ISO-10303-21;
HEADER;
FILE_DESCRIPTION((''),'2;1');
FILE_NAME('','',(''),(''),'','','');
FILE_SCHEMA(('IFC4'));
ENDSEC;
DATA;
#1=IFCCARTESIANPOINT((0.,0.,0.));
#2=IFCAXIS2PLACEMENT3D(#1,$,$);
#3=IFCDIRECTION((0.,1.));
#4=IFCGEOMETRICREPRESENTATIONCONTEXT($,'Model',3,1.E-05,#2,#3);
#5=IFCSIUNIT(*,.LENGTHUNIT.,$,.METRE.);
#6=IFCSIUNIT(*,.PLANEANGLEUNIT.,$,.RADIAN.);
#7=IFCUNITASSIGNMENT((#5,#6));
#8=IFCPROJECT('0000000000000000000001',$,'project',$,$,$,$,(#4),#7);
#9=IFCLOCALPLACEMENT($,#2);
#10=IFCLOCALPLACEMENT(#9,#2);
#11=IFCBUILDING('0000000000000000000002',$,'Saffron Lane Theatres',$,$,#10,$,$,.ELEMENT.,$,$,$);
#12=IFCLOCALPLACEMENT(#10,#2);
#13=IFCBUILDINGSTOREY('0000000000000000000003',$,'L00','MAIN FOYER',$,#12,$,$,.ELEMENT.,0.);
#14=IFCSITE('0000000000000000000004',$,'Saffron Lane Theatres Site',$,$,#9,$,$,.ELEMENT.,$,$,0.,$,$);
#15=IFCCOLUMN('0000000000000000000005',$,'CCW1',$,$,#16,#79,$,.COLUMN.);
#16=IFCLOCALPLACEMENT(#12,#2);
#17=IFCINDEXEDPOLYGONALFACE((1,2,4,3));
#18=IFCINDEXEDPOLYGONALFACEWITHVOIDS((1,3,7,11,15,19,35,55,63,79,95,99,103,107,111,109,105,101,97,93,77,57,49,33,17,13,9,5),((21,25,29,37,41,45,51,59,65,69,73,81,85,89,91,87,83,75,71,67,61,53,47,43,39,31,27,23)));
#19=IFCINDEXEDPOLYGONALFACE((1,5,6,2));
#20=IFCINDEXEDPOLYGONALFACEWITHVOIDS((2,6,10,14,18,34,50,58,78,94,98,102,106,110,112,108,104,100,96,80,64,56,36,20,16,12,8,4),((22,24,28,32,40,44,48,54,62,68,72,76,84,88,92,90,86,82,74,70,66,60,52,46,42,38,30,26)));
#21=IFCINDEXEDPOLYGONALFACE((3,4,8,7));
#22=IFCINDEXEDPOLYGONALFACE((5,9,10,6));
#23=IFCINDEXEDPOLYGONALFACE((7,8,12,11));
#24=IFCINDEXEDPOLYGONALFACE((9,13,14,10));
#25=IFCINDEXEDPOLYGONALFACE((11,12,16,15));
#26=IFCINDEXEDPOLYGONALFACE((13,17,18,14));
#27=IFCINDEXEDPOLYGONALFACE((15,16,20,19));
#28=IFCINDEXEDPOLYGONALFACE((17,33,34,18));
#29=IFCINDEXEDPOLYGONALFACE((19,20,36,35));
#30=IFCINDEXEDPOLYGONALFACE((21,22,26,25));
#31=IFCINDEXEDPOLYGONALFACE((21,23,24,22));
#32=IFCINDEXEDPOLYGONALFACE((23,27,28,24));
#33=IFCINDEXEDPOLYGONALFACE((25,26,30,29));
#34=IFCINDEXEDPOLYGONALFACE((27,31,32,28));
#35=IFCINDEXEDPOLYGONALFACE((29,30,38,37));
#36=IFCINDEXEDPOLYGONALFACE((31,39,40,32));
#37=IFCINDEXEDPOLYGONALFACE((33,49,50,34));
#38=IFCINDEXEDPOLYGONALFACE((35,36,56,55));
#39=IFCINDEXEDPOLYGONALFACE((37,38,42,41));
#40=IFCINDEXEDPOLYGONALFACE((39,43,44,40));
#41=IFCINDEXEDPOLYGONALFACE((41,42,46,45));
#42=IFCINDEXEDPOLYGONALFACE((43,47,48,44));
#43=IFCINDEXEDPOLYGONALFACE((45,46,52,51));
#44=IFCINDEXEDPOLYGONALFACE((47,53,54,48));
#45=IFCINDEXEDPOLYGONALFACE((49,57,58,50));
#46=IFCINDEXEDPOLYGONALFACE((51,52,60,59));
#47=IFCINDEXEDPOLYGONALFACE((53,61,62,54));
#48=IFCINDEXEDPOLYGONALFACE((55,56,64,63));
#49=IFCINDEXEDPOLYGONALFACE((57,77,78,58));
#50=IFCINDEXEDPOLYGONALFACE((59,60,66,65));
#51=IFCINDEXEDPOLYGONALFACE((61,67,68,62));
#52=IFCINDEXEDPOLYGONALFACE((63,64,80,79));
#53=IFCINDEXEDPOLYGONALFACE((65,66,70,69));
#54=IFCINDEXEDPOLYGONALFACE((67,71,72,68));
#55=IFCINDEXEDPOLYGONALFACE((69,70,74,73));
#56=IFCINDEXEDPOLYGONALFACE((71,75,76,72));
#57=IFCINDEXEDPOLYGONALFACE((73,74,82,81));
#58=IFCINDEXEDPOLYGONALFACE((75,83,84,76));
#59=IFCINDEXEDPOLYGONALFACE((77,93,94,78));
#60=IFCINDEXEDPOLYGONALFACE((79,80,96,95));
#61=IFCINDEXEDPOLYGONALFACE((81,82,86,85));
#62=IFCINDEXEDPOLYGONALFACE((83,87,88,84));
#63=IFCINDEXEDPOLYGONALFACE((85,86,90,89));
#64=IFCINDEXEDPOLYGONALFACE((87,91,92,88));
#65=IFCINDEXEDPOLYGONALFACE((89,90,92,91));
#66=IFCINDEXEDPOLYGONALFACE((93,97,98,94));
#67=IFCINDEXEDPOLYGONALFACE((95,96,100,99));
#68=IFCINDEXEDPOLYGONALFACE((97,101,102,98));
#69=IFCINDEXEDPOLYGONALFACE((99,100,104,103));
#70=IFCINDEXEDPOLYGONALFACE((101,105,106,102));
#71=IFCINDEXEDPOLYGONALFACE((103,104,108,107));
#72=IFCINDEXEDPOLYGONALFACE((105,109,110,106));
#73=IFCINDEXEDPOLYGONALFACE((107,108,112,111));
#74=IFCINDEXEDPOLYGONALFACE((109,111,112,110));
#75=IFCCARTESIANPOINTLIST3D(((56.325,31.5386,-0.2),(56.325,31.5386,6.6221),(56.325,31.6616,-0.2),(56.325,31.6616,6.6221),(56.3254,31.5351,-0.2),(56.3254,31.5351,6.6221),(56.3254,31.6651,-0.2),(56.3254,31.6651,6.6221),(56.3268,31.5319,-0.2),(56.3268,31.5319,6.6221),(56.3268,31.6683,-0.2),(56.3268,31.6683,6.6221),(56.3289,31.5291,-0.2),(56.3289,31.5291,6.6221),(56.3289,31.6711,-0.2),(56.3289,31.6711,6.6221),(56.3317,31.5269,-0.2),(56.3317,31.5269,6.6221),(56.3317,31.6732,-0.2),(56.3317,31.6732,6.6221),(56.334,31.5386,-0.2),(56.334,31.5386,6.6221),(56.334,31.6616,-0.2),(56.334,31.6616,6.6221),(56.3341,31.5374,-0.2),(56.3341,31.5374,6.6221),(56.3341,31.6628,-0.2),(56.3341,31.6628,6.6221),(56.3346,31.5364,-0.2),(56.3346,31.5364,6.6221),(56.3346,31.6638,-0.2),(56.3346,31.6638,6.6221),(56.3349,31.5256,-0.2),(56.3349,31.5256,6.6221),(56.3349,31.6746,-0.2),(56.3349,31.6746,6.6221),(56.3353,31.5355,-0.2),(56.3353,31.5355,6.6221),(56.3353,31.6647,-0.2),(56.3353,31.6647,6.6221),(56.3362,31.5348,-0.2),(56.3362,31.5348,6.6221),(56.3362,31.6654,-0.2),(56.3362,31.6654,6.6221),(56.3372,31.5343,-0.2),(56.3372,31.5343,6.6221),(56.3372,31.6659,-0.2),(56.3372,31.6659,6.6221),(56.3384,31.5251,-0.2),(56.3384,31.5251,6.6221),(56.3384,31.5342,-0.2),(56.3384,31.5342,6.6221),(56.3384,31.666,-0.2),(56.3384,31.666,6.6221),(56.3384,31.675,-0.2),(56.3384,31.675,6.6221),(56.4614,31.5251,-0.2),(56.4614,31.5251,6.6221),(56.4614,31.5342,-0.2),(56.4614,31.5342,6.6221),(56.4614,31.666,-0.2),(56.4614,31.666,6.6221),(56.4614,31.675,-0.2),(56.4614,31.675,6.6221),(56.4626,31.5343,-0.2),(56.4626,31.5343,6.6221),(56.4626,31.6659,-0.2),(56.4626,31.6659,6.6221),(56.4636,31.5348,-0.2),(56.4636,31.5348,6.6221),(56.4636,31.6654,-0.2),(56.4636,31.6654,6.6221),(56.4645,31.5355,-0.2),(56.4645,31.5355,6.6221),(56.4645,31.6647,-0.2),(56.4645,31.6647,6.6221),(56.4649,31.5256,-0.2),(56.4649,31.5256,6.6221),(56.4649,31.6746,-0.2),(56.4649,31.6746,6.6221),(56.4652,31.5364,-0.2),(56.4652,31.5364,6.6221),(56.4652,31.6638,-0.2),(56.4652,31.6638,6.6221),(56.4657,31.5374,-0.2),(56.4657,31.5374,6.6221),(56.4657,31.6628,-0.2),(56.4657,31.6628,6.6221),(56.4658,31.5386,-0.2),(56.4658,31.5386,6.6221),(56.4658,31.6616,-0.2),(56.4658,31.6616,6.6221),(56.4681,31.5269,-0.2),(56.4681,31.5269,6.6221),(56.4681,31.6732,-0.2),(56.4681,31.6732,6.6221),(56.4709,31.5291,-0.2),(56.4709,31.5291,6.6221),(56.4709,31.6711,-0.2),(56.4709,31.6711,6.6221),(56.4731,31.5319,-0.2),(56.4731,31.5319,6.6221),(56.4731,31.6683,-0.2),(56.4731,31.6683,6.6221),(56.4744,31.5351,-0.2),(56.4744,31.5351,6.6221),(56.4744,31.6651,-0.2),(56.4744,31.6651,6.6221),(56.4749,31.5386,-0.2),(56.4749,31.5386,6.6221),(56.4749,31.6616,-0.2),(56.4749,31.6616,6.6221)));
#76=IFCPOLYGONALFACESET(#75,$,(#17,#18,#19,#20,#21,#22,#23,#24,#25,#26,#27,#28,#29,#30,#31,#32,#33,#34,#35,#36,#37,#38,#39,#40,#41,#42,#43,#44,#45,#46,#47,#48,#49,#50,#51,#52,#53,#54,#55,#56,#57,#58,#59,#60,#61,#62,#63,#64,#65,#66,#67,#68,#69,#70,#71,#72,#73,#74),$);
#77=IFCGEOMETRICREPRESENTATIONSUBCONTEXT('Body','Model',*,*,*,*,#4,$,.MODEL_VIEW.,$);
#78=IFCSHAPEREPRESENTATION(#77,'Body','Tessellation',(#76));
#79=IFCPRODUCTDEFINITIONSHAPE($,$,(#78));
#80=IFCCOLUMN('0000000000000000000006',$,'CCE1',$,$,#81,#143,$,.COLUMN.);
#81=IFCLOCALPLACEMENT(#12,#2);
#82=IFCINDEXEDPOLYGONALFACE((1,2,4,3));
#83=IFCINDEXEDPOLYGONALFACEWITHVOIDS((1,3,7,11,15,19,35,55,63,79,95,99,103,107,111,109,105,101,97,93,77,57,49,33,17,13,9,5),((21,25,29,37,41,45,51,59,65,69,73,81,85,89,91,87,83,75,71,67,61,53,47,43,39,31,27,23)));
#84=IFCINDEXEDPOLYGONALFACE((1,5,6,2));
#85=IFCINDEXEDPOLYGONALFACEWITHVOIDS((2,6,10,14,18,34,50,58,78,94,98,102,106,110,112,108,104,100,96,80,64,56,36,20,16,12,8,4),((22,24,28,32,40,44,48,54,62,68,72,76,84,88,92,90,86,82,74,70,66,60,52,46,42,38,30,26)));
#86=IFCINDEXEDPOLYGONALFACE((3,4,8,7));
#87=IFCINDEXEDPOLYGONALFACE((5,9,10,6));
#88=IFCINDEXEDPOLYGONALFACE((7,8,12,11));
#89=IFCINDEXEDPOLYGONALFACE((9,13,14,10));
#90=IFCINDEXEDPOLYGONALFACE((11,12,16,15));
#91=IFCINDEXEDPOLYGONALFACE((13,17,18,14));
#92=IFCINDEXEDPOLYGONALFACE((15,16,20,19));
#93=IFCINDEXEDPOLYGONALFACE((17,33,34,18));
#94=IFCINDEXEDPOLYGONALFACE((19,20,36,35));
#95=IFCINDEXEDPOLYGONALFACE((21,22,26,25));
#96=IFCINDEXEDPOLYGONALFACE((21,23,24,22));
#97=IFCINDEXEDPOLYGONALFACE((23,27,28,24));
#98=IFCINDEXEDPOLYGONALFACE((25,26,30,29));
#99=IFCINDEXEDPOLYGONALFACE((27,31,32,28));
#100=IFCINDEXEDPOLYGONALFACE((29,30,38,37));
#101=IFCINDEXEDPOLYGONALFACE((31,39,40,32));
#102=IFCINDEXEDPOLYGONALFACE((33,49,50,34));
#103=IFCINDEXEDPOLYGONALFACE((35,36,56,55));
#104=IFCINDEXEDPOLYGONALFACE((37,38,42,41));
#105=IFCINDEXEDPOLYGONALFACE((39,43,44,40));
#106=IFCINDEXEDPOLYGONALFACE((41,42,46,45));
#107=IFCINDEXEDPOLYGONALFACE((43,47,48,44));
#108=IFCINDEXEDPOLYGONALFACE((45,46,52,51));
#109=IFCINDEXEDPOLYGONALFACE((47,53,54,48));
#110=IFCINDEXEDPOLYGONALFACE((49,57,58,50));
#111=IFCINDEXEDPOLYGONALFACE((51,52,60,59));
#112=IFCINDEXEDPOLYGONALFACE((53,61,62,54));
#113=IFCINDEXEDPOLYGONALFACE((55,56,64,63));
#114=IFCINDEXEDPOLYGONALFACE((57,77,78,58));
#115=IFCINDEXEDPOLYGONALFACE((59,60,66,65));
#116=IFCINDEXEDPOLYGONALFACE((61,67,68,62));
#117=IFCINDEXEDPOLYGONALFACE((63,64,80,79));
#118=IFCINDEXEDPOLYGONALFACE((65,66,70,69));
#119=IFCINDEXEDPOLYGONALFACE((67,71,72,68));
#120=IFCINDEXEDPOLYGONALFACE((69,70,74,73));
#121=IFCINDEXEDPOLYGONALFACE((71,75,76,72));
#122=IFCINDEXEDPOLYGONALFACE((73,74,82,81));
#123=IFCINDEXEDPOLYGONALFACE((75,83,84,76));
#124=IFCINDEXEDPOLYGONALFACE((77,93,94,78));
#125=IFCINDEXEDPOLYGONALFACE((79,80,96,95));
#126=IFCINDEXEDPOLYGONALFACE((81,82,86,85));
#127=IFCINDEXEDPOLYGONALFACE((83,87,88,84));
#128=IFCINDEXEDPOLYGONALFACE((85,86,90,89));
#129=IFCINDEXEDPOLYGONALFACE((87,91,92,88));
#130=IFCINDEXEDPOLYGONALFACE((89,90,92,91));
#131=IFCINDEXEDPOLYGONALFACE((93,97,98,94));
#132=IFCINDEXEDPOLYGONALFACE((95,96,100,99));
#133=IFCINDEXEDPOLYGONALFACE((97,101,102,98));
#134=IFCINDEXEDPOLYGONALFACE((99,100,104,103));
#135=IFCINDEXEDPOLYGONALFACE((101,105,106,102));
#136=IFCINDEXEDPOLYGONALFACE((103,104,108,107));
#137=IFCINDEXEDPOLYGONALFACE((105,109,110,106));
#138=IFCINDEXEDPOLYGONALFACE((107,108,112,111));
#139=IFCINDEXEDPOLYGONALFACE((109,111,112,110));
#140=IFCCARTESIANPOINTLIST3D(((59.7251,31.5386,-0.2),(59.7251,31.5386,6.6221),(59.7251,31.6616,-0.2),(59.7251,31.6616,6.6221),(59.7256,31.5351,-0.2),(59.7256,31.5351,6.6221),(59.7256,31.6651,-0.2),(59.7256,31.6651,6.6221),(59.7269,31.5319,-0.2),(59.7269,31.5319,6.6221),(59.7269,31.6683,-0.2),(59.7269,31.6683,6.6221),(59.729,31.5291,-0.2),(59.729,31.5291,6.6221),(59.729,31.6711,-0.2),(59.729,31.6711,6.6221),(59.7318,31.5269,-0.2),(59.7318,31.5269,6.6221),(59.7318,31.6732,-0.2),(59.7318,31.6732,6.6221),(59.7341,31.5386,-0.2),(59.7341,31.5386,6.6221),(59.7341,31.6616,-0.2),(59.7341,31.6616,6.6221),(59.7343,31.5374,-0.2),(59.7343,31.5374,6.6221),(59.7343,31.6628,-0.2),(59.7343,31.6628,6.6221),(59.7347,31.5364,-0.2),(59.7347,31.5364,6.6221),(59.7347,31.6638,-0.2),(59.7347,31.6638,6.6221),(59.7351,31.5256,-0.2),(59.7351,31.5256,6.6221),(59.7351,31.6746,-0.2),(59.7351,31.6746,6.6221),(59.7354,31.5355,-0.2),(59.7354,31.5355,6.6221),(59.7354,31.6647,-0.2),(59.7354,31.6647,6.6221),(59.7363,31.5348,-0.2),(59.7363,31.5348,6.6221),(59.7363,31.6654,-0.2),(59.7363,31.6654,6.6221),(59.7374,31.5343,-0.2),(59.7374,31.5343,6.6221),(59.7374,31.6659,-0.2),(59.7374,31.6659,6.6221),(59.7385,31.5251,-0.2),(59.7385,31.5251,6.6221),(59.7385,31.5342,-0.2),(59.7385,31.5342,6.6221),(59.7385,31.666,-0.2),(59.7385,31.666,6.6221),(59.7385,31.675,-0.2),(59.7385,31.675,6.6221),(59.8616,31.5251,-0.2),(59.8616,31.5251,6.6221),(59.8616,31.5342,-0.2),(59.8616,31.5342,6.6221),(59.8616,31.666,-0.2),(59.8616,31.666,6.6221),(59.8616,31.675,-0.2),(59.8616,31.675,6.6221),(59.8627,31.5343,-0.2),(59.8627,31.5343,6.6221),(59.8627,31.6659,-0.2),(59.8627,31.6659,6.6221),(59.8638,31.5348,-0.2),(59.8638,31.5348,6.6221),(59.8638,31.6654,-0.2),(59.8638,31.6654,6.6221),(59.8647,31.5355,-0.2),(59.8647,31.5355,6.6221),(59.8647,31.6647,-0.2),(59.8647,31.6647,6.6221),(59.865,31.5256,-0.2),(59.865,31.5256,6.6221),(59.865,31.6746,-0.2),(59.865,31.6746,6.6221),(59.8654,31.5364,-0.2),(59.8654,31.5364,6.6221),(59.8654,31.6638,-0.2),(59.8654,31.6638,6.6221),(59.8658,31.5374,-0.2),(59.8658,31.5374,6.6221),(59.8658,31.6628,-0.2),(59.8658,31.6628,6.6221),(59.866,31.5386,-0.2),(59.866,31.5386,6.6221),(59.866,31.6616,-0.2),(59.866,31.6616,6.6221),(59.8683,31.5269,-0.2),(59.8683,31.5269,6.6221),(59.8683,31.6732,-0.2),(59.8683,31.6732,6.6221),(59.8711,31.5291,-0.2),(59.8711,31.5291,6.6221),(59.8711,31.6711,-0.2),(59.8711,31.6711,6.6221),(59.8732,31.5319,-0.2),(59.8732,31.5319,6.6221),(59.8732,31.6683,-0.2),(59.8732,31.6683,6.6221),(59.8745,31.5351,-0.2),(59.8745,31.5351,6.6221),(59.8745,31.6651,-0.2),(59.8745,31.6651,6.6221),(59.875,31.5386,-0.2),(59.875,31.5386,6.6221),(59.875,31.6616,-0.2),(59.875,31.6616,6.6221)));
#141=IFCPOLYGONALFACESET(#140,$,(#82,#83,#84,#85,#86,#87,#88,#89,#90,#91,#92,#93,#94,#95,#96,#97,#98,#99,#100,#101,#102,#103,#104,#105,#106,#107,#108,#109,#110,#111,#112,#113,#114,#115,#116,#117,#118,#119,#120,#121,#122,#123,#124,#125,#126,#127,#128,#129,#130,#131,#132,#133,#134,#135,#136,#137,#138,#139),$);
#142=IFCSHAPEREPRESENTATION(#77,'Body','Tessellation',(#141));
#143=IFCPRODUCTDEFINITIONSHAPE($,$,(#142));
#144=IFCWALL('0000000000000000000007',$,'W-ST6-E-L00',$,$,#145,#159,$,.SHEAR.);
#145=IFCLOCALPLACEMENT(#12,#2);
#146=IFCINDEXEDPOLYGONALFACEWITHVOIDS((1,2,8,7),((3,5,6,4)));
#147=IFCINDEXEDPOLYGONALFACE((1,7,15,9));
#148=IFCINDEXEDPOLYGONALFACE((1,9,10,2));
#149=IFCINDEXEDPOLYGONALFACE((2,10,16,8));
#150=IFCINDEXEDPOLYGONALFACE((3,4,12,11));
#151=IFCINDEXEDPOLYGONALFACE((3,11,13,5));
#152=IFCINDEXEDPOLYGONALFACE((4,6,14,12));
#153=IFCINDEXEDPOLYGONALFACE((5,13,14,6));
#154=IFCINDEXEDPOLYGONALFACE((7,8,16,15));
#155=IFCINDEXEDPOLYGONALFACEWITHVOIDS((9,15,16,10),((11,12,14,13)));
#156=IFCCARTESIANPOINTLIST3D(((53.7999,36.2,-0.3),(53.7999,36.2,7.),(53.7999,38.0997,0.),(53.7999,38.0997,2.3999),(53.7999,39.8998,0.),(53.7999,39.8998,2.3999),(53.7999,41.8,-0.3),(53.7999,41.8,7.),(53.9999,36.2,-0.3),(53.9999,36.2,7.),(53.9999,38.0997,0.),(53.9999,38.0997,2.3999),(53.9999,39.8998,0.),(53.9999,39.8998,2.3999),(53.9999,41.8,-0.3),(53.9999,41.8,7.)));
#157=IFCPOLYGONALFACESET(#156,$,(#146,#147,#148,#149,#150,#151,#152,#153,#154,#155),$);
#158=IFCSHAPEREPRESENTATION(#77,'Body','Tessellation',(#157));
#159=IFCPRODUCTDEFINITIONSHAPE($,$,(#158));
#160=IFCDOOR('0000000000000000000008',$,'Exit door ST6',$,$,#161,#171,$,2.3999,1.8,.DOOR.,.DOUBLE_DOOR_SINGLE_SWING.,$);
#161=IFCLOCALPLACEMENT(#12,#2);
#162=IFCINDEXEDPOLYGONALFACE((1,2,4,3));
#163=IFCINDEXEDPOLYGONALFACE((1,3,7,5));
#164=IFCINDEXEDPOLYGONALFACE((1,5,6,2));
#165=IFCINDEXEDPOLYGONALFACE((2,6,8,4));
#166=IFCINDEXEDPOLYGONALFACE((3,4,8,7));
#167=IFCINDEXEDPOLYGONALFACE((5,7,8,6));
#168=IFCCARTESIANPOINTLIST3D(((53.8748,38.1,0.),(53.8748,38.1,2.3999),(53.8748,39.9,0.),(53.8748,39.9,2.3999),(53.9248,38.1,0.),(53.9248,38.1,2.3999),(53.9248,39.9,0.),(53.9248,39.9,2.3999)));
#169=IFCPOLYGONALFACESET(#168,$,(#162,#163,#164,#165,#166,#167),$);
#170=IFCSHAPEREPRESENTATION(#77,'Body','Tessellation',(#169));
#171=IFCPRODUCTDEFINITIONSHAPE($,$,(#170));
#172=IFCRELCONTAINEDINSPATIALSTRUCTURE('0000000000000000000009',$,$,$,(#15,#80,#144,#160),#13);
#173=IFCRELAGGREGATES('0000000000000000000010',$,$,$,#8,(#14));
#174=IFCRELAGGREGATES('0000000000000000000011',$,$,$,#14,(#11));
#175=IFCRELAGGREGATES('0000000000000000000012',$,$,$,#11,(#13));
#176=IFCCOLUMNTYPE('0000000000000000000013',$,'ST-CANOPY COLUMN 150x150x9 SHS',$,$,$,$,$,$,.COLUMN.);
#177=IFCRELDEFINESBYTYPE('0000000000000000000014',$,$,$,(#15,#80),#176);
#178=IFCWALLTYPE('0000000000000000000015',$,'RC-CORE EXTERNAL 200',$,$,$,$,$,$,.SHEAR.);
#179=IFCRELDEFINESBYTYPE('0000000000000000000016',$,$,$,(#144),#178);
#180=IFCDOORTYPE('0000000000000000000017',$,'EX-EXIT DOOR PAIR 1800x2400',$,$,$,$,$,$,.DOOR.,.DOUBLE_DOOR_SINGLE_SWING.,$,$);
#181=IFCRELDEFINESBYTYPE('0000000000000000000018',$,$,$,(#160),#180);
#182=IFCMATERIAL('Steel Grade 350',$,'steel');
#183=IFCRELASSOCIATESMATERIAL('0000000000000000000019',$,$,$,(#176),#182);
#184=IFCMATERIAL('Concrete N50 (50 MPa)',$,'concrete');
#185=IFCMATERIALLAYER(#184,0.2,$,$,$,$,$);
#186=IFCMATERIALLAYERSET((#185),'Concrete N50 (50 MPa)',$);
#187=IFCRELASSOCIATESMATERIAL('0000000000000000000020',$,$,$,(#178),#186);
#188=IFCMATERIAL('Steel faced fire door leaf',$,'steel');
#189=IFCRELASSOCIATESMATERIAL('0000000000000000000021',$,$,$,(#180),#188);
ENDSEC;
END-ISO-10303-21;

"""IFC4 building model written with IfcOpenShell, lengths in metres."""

from ifc_helpers import new_model, si_unit, direction, frame, frame_2d, origin, origin_2d, place, context, subcontext, project, spatial, rectangle, hollow_rectangle, extrude, material, layer, layer_set, material_profile, profile_set, type_object, element, fill, save


model = new_model("IFC4")

# Units and contexts
model_context = context("Model", 3, precision=1e-05, world=origin(), true_north=direction((0.0, 1.0)))
body_context = subcontext(model_context, "Body", "Model", "MODEL_VIEW")
ifc_project = project(units=[si_unit("LENGTHUNIT", "METRE"), si_unit("PLANEANGLEUNIT", "RADIAN")], contexts=[model_context])

# Site, building, storey
site_placement = place(None, origin())
site = spatial("IfcSite", under=ifc_project, at=site_placement, Name="Saffron Lane Theatres Site", CompositionType="ELEMENT", RefElevation=0.0)
building_placement = place(site_placement, origin())
building = spatial("IfcBuilding", under=site, at=building_placement, Name="Saffron Lane Theatres", CompositionType="ELEMENT")
storey_placement = place(building_placement, origin())
storey = spatial("IfcBuildingStorey", under=building, at=storey_placement, Name="L00", Description="MAIN FOYER", CompositionType="ELEMENT", Elevation=0.0)

# Columns
ifc_material_1 = material(Name="Steel Grade 350", Category="steel")
ifc_material_profile_1 = material_profile(ifc_material_1, hollow_rectangle(XDim=0.1499, YDim=0.1499, WallThickness=0.009, InnerFilletRadius=0.0044, OuterFilletRadius=0.0134, at=origin_2d()))
ifc_profile_set_1 = profile_set([ifc_material_profile_1], Name="Steel Grade 350")
column_type_1 = type_object("IfcColumnType", Name="ST-CANOPY COLUMN 150x150x9 SHS", PredefinedType="COLUMN", material=ifc_profile_set_1)
for number, where, z_axis, x_axis, name in (
    (1, (56.3999, 31.6001, -0.2), (0.0, 0.0, 1.0), (1.0, 0.0, 0.0), "CCW1"),
    (2, (59.8, 31.6001, -0.2), (0.0, 0.0, 1.0), (1.0, 0.0, 0.0), "CCE1"),
):
    element("IfcColumn", number, at=place(storey_placement, frame(where, z_axis=z_axis, x_axis=x_axis)), inside=storey, type_object=column_type_1, Name=name, PredefinedType="COLUMN", context=body_context, shape_type="SweptSolid", body=[
        extrude(hollow_rectangle(XDim=0.1499, YDim=0.1499, WallThickness=0.009, InnerFilletRadius=0.0044, OuterFilletRadius=0.0134, at=origin_2d()), origin(), (0.0, 0.0, 1.0), 6.822),
    ])

# Wall, opening, door
ifc_material_2 = material(Name="Concrete N50 (50 MPa)", Category="concrete")
ifc_layer_1 = layer(ifc_material_2, 0.2)
ifc_layer_set_1 = layer_set([ifc_layer_1], Name="Concrete N50 (50 MPa)")
wall_type_1 = type_object("IfcWallType", Name="RC-CORE EXTERNAL 200", PredefinedType="SHEAR", material=ifc_layer_set_1)
wall_1_placement = place(storey_placement, frame((53.8999, 36.2, -0.3), z_axis=(0.0, 0.0, 1.0), x_axis=(0.0, 1.0, 0.0)))
wall_1 = element("IfcWall", 3, at=wall_1_placement, inside=storey, type_object=wall_type_1, Name="W-ST6-E-L00", PredefinedType="SHEAR", context=body_context, shape_type="SweptSolid", body=[
    extrude(rectangle(XDim=5.6001, YDim=0.2, at=frame_2d((2.8, 0.0))), origin(), (0.0, 0.0, 1.0), 7.3),
])
opening_1_placement = place(wall_1_placement, frame((1.8999, 0.0, 0.3)))
opening_1 = element("IfcOpeningElement", 4, at=opening_1_placement, cuts=wall_1, PredefinedType="OPENING", context=body_context, shape_type="SweptSolid", body=[
    extrude(rectangle(XDim=1.8, YDim=2.3999, at=frame_2d((0.8999, 1.2))), frame((0.0, 0.1099, 0.0), z_axis=(0.0, -1.0, 0.0), x_axis=(1.0, 0.0, 0.0)), (0.0, 0.0, 1.0), 0.22),
])
ifc_material_3 = material(Name="Steel faced fire door leaf", Category="steel")
door_type_1 = type_object("IfcDoorType", Name="EX-EXIT DOOR PAIR 1800x2400", OperationType="DOUBLE_DOOR_SINGLE_SWING", PredefinedType="DOOR", material=ifc_material_3)
door_1_placement = place(opening_1_placement, frame((1.8, 0.0, 0.0), z_axis=(0.0, 0.0, 1.0), x_axis=(-1.0, 0.0, 0.0)))
door_1 = element("IfcDoor", 5, at=door_1_placement, inside=storey, type_object=door_type_1, Name="Exit door ST6", OperationType="DOUBLE_DOOR_SINGLE_SWING", OverallHeight=2.3999, OverallWidth=1.8, PredefinedType="DOOR", context=body_context, shape_type="SweptSolid", body=[
    extrude(rectangle(XDim=1.8, YDim=2.3999, at=frame_2d((0.8999, 1.2))), frame((0.0, 0.0249, 0.0), z_axis=(0.0, -1.0, 0.0), x_axis=(1.0, 0.0, 0.0)), (0.0, 0.0, 1.0), 0.05),
])
fill(opening_1, door_1)

save(model, "model.ifc")
